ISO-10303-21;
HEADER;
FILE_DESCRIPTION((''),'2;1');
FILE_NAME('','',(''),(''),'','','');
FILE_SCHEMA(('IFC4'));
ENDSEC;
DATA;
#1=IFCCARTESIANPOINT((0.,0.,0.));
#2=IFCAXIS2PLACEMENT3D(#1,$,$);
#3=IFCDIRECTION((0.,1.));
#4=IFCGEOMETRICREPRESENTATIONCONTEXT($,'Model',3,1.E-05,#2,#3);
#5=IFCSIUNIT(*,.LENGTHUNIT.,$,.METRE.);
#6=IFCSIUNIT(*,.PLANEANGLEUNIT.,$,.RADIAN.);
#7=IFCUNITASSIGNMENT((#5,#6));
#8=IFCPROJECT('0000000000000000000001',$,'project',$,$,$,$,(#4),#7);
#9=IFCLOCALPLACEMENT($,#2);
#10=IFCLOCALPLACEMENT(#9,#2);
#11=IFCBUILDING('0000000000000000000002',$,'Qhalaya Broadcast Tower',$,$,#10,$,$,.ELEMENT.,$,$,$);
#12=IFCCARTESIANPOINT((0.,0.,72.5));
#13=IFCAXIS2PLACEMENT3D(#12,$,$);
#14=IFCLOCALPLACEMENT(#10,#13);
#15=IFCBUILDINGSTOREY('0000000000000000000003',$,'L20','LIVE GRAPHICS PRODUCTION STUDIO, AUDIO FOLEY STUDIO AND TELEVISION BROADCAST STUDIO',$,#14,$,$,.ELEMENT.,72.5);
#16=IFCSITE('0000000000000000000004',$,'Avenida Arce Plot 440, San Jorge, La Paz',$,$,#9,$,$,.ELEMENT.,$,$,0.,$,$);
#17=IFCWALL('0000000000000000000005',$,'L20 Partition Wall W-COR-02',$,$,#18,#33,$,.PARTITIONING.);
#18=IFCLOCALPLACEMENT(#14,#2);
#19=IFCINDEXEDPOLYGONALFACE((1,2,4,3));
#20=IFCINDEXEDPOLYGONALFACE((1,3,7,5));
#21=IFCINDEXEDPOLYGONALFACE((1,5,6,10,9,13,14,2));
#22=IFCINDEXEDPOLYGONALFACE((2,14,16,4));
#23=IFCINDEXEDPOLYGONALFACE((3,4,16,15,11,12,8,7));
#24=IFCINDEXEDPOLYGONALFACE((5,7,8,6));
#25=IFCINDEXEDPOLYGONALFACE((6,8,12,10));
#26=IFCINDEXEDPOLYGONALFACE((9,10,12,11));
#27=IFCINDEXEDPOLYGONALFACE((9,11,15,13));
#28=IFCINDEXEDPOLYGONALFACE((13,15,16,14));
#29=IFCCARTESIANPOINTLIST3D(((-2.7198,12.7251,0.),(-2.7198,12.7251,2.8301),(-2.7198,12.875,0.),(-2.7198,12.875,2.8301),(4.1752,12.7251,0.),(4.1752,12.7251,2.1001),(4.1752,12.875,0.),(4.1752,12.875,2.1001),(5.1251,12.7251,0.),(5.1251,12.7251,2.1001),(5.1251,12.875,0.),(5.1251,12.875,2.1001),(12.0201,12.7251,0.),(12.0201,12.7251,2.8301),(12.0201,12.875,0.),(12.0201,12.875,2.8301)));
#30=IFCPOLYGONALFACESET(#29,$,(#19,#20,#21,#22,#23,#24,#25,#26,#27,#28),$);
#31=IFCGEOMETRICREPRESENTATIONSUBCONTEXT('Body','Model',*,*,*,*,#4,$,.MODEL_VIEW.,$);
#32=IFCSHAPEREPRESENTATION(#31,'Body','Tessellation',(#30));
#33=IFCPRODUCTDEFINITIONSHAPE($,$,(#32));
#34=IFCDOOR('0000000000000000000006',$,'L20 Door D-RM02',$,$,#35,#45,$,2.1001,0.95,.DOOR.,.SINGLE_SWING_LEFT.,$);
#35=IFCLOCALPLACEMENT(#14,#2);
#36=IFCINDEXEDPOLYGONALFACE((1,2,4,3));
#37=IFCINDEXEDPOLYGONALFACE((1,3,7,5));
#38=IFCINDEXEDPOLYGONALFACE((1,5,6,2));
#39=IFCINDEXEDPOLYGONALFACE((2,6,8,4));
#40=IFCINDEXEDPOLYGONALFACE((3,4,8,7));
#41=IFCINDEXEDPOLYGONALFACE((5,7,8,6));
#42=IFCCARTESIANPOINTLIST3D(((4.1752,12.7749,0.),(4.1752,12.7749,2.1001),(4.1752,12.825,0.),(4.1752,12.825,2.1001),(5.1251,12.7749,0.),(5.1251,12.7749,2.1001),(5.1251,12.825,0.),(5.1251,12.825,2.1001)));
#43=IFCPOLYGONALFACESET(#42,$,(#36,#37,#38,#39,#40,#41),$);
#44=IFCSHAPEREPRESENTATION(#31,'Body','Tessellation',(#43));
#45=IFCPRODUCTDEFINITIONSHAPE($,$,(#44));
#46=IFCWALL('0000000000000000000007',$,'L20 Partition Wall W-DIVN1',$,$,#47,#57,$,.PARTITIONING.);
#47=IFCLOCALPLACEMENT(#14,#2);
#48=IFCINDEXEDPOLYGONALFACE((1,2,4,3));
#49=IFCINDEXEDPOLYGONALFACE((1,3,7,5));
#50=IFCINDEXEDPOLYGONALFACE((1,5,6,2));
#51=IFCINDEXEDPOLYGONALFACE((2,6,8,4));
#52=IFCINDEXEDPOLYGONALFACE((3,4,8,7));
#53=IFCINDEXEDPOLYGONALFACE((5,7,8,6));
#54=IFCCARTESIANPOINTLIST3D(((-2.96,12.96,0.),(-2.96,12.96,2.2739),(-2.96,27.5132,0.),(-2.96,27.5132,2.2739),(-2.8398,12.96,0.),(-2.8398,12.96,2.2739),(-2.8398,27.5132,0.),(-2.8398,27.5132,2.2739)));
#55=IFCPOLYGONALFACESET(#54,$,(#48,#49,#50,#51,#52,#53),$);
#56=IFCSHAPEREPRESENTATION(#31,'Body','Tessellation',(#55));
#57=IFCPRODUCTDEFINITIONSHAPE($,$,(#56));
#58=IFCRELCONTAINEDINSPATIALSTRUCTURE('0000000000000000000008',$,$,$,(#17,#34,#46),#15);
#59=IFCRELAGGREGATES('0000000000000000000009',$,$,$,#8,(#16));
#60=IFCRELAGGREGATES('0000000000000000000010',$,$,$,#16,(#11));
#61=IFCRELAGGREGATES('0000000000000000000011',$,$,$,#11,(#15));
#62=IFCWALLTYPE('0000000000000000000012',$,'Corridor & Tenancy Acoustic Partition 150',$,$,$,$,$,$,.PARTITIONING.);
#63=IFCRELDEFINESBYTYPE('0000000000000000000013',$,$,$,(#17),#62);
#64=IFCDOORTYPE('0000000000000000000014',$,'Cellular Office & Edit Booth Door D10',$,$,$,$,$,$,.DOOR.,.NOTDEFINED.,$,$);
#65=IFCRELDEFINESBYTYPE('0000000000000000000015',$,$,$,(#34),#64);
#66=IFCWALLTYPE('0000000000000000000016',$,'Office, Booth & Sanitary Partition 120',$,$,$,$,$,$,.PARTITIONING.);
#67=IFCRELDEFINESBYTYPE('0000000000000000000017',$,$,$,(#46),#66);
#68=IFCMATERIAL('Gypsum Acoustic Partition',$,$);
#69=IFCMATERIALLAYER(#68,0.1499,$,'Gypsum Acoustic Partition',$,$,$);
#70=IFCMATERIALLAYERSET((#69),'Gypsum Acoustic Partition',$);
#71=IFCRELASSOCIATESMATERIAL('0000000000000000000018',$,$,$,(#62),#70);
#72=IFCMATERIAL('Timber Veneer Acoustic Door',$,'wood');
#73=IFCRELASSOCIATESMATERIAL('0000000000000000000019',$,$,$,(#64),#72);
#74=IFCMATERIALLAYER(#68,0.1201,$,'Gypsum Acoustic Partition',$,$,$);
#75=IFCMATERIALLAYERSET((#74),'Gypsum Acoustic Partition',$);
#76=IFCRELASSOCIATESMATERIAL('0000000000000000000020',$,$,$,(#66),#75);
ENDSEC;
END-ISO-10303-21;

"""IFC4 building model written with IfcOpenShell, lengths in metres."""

from ifc_helpers import new_model, si_unit, direction, frame, frame_2d, origin, place, context, subcontext, project, spatial, rectangle, extrude, material, layer, layer_set, type_object, element, fill, save


model = new_model("IFC4")

# Units and contexts
model_context = context("Model", 3, precision=1e-05, world=origin(), true_north=direction((0.0, 1.0)))
body_context = subcontext(model_context, "Body", "Model", "MODEL_VIEW")
ifc_project = project(units=[si_unit("LENGTHUNIT", "METRE"), si_unit("PLANEANGLEUNIT", "RADIAN")], contexts=[model_context])

# Site, building, storey
site_placement = place(None, origin())
site = spatial("IfcSite", under=ifc_project, at=site_placement, Name="Avenida Arce Plot 440, San Jorge, La Paz", CompositionType="ELEMENT", RefElevation=0.0)
building_placement = place(site_placement, origin())
building = spatial("IfcBuilding", under=site, at=building_placement, Name="Qhalaya Broadcast Tower", CompositionType="ELEMENT")
storey_placement = place(building_placement, frame((0.0, 0.0, 72.5)))
storey = spatial("IfcBuildingStorey", under=building, at=storey_placement, Name="L20", Description="LIVE GRAPHICS PRODUCTION STUDIO, AUDIO FOLEY STUDIO AND TELEVISION BROADCAST STUDIO", CompositionType="ELEMENT", Elevation=72.5)

# Wall, opening, door
ifc_material_1 = material(Name="Gypsum Acoustic Partition")
ifc_layer_1 = layer(ifc_material_1, 0.1499, Name="Gypsum Acoustic Partition")
ifc_layer_set_1 = layer_set([ifc_layer_1], Name="Gypsum Acoustic Partition")
wall_type_1 = type_object("IfcWallType", Name="Corridor & Tenancy Acoustic Partition 150", PredefinedType="PARTITIONING", material=ifc_layer_set_1)
ifc_material_2 = material(Name="Timber Veneer Acoustic Door", Category="wood")
door_type = type_object("IfcDoorType", Name="Cellular Office & Edit Booth Door D10", OperationType="NOTDEFINED", PredefinedType="DOOR", material=ifc_material_2)
wall_1_placement = place(storey_placement, frame((-2.72, 12.8, 0.0), z_axis=(0.0, 0.0, 1.0), x_axis=(1.0, 0.0, 0.0)))
wall_1 = element("IfcWall", 1, at=wall_1_placement, inside=storey, type_object=wall_type_1, Name="L20 Partition Wall W-COR-02", PredefinedType="PARTITIONING", context=body_context, shape_type="SweptSolid", body=[
    extrude(rectangle(XDim=14.74, YDim=0.1499, at=frame_2d((7.3701, 0.0))), origin(), (0.0, 0.0, 1.0), 2.8301),
])
opening_1_placement = place(wall_1_placement, frame((6.895, 0.0, 0.0)))
opening_1 = element("IfcOpeningElement", 2, at=opening_1_placement, cuts=wall_1, PredefinedType="OPENING", context=body_context, shape_type="SweptSolid", body=[
    extrude(rectangle(XDim=0.95, YDim=2.1001, at=frame_2d((0.4751, 1.05))), frame((0.0, 0.0869, 0.0), z_axis=(0.0, -1.0, 0.0), x_axis=(1.0, 0.0, 0.0)), (0.0, 0.0, 1.0), 0.1738),
])
door_1_placement = place(opening_1_placement, origin())
door_1 = element("IfcDoor", 3, at=door_1_placement, inside=storey, type_object=door_type, Name="L20 Door D-RM02", OperationType="SINGLE_SWING_LEFT", OverallHeight=2.1001, OverallWidth=0.95, PredefinedType="DOOR", context=body_context, shape_type="SweptSolid", body=[
    extrude(rectangle(XDim=0.95, YDim=2.1001, at=frame_2d((0.4751, 1.05))), frame((0.0, 0.0249, 0.0), z_axis=(0.0, -1.0, 0.0), x_axis=(1.0, 0.0, 0.0)), (0.0, 0.0, 1.0), 0.05),
])
fill(opening_1, door_1)

# Wall
ifc_layer_2 = layer(ifc_material_1, 0.1201, Name="Gypsum Acoustic Partition")
ifc_layer_set_2 = layer_set([ifc_layer_2], Name="Gypsum Acoustic Partition")
wall_type_2 = type_object("IfcWallType", Name="Office, Booth & Sanitary Partition 120", PredefinedType="PARTITIONING", material=ifc_layer_set_2)
wall_2_placement = place(storey_placement, frame((-2.8999, 12.96, 0.0), z_axis=(0.0, 0.0, 1.0), x_axis=(0.0, 1.0, 0.0)))
element("IfcWall", 4, at=wall_2_placement, inside=storey, type_object=wall_type_2, Name="L20 Partition Wall W-DIVN1", PredefinedType="PARTITIONING", context=body_context, shape_type="SweptSolid", body=[
    extrude(rectangle(XDim=14.5532, YDim=0.1201, at=frame_2d((7.2766, 0.0))), origin(), (0.0, 0.0, 1.0), 2.2739),
])

save(model, "model.ifc")
